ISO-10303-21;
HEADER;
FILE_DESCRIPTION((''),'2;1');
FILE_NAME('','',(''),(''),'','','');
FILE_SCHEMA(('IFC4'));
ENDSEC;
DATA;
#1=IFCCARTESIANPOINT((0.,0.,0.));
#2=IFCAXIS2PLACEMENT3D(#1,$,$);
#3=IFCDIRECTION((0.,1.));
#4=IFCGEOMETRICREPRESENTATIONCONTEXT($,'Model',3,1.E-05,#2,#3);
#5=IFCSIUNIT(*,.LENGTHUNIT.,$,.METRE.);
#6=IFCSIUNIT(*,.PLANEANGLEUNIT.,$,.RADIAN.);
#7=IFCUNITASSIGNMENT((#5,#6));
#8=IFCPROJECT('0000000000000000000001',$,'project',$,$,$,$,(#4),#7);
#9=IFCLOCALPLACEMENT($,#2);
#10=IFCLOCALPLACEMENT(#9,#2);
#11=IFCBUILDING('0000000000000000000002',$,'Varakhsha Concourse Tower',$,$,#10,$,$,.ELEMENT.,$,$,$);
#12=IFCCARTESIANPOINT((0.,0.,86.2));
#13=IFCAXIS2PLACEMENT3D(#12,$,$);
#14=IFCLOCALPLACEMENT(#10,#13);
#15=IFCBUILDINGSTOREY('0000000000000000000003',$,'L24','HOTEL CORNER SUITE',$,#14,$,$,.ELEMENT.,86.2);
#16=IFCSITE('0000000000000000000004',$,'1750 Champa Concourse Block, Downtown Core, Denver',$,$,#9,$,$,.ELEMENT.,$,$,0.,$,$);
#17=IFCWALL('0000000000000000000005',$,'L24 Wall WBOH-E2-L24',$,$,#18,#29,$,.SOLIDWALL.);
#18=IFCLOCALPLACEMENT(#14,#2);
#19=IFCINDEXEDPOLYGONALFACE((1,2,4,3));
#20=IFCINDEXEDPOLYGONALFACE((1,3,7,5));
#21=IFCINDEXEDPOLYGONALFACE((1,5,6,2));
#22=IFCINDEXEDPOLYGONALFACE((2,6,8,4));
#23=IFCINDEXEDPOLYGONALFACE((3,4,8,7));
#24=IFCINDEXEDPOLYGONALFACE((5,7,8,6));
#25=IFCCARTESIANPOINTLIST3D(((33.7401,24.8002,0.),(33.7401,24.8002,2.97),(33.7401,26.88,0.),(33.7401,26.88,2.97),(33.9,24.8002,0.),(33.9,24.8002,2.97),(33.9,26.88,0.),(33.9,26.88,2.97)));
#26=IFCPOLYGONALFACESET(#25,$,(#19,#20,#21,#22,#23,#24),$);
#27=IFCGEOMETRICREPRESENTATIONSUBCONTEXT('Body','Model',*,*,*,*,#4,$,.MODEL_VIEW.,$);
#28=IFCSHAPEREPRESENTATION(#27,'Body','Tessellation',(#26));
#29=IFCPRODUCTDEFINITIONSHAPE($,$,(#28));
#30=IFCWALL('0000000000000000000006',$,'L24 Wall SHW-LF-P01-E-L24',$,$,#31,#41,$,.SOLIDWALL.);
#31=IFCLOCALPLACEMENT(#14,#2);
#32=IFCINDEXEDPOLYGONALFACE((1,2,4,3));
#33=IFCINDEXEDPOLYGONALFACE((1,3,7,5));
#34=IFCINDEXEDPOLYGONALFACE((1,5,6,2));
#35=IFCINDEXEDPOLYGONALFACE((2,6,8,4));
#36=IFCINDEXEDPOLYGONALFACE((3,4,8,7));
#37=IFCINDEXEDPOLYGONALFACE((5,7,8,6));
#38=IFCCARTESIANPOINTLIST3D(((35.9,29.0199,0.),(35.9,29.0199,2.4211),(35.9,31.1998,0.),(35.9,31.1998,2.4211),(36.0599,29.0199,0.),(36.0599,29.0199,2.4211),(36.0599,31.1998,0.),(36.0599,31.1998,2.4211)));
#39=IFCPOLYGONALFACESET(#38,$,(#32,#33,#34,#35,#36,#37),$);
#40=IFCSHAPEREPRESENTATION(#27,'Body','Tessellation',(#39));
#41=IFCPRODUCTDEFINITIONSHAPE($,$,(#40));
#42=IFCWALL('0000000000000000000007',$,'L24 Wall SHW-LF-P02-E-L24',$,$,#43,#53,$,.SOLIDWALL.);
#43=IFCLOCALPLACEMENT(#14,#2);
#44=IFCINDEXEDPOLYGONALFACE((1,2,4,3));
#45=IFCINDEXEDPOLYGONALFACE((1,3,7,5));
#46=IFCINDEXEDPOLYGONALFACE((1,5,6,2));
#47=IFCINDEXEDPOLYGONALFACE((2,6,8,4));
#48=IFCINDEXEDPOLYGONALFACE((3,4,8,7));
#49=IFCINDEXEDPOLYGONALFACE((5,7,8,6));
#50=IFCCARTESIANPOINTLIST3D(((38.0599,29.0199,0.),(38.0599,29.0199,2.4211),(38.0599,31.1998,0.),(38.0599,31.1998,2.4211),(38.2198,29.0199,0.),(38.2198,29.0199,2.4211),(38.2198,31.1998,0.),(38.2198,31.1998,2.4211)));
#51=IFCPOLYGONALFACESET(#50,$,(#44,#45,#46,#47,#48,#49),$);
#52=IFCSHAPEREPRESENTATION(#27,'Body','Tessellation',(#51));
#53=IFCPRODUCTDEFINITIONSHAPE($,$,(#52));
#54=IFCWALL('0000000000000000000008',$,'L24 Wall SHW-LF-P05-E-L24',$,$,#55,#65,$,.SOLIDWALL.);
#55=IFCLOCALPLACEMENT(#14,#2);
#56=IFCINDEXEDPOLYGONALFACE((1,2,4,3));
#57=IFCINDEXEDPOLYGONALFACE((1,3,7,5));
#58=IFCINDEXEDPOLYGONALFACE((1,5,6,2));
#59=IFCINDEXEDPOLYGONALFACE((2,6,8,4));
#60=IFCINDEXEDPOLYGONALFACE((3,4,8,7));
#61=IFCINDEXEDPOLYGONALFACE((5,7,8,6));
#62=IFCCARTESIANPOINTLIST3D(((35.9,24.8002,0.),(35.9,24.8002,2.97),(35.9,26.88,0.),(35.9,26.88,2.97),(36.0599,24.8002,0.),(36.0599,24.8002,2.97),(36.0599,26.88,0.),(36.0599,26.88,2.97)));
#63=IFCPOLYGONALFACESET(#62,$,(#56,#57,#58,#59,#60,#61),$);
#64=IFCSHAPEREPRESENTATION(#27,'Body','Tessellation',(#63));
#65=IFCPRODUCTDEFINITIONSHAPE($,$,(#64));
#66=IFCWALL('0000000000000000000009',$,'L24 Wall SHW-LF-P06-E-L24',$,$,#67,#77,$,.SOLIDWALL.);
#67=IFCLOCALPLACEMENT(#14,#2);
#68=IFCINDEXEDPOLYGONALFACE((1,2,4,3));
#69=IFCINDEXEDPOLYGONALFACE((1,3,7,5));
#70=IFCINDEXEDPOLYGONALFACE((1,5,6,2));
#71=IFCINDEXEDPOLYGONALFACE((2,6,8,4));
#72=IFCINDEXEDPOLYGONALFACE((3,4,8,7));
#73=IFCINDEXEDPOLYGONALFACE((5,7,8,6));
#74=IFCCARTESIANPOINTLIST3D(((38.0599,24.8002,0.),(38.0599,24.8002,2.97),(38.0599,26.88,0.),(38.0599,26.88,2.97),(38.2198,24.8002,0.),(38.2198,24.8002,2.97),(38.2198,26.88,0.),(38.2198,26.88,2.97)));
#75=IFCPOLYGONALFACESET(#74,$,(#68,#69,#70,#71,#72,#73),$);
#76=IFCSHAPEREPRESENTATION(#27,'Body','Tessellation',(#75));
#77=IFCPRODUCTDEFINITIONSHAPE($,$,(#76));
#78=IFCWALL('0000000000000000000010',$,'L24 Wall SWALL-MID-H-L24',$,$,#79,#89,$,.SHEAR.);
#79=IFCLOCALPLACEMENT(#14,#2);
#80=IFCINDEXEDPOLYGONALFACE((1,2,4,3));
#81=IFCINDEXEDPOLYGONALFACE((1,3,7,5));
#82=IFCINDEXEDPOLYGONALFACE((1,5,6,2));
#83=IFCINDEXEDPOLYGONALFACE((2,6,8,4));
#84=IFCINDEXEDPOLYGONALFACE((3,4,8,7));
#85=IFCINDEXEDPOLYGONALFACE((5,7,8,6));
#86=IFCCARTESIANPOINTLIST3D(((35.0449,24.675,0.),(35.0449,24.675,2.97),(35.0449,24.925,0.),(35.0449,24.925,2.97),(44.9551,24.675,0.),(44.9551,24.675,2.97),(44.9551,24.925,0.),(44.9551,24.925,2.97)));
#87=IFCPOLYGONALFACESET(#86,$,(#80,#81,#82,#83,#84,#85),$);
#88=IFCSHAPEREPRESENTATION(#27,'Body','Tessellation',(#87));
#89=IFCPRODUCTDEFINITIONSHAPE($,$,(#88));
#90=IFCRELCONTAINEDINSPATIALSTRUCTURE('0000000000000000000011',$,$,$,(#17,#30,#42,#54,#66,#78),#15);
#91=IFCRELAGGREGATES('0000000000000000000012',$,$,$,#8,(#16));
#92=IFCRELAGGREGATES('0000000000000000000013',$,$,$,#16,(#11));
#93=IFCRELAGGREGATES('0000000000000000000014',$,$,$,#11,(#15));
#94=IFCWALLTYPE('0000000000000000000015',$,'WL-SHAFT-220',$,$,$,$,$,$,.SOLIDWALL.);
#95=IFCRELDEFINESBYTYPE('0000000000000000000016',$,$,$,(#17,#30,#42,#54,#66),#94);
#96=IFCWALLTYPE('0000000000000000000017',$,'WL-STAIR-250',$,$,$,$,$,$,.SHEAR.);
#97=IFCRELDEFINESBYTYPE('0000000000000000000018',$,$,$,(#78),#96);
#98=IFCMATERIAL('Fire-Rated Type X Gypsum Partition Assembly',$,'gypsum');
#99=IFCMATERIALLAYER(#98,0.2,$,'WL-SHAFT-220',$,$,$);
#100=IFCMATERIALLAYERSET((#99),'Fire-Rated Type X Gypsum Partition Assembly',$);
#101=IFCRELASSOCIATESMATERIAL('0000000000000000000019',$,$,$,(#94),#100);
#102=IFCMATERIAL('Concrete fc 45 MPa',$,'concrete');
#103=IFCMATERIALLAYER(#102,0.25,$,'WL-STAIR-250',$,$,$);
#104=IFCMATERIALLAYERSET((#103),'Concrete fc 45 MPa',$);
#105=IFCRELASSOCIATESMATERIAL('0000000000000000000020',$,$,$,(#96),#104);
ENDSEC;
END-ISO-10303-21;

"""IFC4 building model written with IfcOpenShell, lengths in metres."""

from ifc_helpers import new_model, si_unit, direction, frame, frame_2d, origin, place, context, subcontext, project, spatial, rectangle, extrude, material, layer, layer_set, type_object, element, save


model = new_model("IFC4")

# Units and contexts
model_context = context("Model", 3, precision=1e-05, world=origin(), true_north=direction((0.0, 1.0)))
body_context = subcontext(model_context, "Body", "Model", "MODEL_VIEW")
ifc_project = project(units=[si_unit("LENGTHUNIT", "METRE"), si_unit("PLANEANGLEUNIT", "RADIAN")], contexts=[model_context])

# Site, building, storey
site_placement = place(None, origin())
site = spatial("IfcSite", under=ifc_project, at=site_placement, Name="1750 Champa Concourse Block, Downtown Core, Denver", CompositionType="ELEMENT", RefElevation=0.0)
building_placement = place(site_placement, origin())
building = spatial("IfcBuilding", under=site, at=building_placement, Name="Varakhsha Concourse Tower", CompositionType="ELEMENT")
storey_placement = place(building_placement, frame((0.0, 0.0, 86.2)))
storey = spatial("IfcBuildingStorey", under=building, at=storey_placement, Name="L24", Description="HOTEL CORNER SUITE", CompositionType="ELEMENT", Elevation=86.2)

# Shared definitions
ifc_material_1 = material(Name="Fire-Rated Type X Gypsum Partition Assembly", Category="gypsum")

# Shared definitions
ifc_layer_1 = layer(ifc_material_1, 0.2, Name="WL-SHAFT-220")
ifc_layer_set_1 = layer_set([ifc_layer_1], Name="Fire-Rated Type X Gypsum Partition Assembly")
wall_type_1 = type_object("IfcWallType", Name="WL-SHAFT-220", PredefinedType="SOLIDWALL", material=ifc_layer_set_1)

# Walls
wall_1_placement = place(storey_placement, frame((33.8201, 24.8, 0.0), z_axis=(0.0, 0.0, 1.0), x_axis=(0.0, 1.0, 0.0)))
element("IfcWall", 1, at=wall_1_placement, inside=storey, type_object=wall_type_1, Name="L24 Wall WBOH-E2-L24", PredefinedType="SOLIDWALL", context=body_context, shape_type="SweptSolid", body=[
    extrude(rectangle(XDim=2.0798, YDim=0.1599, at=frame_2d((1.04, 0.0))), origin(), (0.0, 0.0, 1.0), 2.97),
])
for number, where, z_axis, x_axis, name in (
    (2, (35.98, 29.02, 0.0), (0.0, 0.0, 1.0), (0.0, 1.0, 0.0), "L24 Wall SHW-LF-P01-E-L24"),
    (3, (38.1399, 29.02, 0.0), (0.0, 0.0, 1.0), (0.0, 1.0, 0.0), "L24 Wall SHW-LF-P02-E-L24"),
):
    element("IfcWall", number, at=place(storey_placement, frame(where, z_axis=z_axis, x_axis=x_axis)), inside=storey, type_object=wall_type_1, Name=name, PredefinedType="SOLIDWALL", context=body_context, shape_type="SweptSolid", body=[
        extrude(rectangle(XDim=2.1799, YDim=0.1599, at=frame_2d((1.0898, 0.0))), origin(), (0.0, 0.0, 1.0), 2.4211),
    ])
for number, where, z_axis, x_axis, name in (
    (4, (35.98, 24.8, 0.0), (0.0, 0.0, 1.0), (0.0, 1.0, 0.0), "L24 Wall SHW-LF-P05-E-L24"),
    (5, (38.1399, 24.8, 0.0), (0.0, 0.0, 1.0), (0.0, 1.0, 0.0), "L24 Wall SHW-LF-P06-E-L24"),
):
    element("IfcWall", number, at=place(storey_placement, frame(where, z_axis=z_axis, x_axis=x_axis)), inside=storey, type_object=wall_type_1, Name=name, PredefinedType="SOLIDWALL", context=body_context, shape_type="SweptSolid", body=[
        extrude(rectangle(XDim=2.0798, YDim=0.1599, at=frame_2d((1.04, 0.0))), origin(), (0.0, 0.0, 1.0), 2.97),
    ])
ifc_material_2 = material(Name="Concrete fc 45 MPa", Category="concrete")
ifc_layer_2 = layer(ifc_material_2, 0.25, Name="WL-STAIR-250")
ifc_layer_set_2 = layer_set([ifc_layer_2], Name="Concrete fc 45 MPa")
wall_type_2 = type_object("IfcWallType", Name="WL-STAIR-250", PredefinedType="SHEAR", material=ifc_layer_set_2)
wall_2_placement = place(storey_placement, frame((35.0449, 24.8, 0.0), z_axis=(0.0, 0.0, 1.0), x_axis=(1.0, 0.0, 0.0)))
element("IfcWall", 6, at=wall_2_placement, inside=storey, type_object=wall_type_2, Name="L24 Wall SWALL-MID-H-L24", PredefinedType="SHEAR", context=body_context, shape_type="SweptSolid", body=[
    extrude(rectangle(XDim=9.9102, YDim=0.25, at=frame_2d((4.9551, 0.0))), origin(), (0.0, 0.0, 1.0), 2.97),
])

save(model, "model.ifc")
